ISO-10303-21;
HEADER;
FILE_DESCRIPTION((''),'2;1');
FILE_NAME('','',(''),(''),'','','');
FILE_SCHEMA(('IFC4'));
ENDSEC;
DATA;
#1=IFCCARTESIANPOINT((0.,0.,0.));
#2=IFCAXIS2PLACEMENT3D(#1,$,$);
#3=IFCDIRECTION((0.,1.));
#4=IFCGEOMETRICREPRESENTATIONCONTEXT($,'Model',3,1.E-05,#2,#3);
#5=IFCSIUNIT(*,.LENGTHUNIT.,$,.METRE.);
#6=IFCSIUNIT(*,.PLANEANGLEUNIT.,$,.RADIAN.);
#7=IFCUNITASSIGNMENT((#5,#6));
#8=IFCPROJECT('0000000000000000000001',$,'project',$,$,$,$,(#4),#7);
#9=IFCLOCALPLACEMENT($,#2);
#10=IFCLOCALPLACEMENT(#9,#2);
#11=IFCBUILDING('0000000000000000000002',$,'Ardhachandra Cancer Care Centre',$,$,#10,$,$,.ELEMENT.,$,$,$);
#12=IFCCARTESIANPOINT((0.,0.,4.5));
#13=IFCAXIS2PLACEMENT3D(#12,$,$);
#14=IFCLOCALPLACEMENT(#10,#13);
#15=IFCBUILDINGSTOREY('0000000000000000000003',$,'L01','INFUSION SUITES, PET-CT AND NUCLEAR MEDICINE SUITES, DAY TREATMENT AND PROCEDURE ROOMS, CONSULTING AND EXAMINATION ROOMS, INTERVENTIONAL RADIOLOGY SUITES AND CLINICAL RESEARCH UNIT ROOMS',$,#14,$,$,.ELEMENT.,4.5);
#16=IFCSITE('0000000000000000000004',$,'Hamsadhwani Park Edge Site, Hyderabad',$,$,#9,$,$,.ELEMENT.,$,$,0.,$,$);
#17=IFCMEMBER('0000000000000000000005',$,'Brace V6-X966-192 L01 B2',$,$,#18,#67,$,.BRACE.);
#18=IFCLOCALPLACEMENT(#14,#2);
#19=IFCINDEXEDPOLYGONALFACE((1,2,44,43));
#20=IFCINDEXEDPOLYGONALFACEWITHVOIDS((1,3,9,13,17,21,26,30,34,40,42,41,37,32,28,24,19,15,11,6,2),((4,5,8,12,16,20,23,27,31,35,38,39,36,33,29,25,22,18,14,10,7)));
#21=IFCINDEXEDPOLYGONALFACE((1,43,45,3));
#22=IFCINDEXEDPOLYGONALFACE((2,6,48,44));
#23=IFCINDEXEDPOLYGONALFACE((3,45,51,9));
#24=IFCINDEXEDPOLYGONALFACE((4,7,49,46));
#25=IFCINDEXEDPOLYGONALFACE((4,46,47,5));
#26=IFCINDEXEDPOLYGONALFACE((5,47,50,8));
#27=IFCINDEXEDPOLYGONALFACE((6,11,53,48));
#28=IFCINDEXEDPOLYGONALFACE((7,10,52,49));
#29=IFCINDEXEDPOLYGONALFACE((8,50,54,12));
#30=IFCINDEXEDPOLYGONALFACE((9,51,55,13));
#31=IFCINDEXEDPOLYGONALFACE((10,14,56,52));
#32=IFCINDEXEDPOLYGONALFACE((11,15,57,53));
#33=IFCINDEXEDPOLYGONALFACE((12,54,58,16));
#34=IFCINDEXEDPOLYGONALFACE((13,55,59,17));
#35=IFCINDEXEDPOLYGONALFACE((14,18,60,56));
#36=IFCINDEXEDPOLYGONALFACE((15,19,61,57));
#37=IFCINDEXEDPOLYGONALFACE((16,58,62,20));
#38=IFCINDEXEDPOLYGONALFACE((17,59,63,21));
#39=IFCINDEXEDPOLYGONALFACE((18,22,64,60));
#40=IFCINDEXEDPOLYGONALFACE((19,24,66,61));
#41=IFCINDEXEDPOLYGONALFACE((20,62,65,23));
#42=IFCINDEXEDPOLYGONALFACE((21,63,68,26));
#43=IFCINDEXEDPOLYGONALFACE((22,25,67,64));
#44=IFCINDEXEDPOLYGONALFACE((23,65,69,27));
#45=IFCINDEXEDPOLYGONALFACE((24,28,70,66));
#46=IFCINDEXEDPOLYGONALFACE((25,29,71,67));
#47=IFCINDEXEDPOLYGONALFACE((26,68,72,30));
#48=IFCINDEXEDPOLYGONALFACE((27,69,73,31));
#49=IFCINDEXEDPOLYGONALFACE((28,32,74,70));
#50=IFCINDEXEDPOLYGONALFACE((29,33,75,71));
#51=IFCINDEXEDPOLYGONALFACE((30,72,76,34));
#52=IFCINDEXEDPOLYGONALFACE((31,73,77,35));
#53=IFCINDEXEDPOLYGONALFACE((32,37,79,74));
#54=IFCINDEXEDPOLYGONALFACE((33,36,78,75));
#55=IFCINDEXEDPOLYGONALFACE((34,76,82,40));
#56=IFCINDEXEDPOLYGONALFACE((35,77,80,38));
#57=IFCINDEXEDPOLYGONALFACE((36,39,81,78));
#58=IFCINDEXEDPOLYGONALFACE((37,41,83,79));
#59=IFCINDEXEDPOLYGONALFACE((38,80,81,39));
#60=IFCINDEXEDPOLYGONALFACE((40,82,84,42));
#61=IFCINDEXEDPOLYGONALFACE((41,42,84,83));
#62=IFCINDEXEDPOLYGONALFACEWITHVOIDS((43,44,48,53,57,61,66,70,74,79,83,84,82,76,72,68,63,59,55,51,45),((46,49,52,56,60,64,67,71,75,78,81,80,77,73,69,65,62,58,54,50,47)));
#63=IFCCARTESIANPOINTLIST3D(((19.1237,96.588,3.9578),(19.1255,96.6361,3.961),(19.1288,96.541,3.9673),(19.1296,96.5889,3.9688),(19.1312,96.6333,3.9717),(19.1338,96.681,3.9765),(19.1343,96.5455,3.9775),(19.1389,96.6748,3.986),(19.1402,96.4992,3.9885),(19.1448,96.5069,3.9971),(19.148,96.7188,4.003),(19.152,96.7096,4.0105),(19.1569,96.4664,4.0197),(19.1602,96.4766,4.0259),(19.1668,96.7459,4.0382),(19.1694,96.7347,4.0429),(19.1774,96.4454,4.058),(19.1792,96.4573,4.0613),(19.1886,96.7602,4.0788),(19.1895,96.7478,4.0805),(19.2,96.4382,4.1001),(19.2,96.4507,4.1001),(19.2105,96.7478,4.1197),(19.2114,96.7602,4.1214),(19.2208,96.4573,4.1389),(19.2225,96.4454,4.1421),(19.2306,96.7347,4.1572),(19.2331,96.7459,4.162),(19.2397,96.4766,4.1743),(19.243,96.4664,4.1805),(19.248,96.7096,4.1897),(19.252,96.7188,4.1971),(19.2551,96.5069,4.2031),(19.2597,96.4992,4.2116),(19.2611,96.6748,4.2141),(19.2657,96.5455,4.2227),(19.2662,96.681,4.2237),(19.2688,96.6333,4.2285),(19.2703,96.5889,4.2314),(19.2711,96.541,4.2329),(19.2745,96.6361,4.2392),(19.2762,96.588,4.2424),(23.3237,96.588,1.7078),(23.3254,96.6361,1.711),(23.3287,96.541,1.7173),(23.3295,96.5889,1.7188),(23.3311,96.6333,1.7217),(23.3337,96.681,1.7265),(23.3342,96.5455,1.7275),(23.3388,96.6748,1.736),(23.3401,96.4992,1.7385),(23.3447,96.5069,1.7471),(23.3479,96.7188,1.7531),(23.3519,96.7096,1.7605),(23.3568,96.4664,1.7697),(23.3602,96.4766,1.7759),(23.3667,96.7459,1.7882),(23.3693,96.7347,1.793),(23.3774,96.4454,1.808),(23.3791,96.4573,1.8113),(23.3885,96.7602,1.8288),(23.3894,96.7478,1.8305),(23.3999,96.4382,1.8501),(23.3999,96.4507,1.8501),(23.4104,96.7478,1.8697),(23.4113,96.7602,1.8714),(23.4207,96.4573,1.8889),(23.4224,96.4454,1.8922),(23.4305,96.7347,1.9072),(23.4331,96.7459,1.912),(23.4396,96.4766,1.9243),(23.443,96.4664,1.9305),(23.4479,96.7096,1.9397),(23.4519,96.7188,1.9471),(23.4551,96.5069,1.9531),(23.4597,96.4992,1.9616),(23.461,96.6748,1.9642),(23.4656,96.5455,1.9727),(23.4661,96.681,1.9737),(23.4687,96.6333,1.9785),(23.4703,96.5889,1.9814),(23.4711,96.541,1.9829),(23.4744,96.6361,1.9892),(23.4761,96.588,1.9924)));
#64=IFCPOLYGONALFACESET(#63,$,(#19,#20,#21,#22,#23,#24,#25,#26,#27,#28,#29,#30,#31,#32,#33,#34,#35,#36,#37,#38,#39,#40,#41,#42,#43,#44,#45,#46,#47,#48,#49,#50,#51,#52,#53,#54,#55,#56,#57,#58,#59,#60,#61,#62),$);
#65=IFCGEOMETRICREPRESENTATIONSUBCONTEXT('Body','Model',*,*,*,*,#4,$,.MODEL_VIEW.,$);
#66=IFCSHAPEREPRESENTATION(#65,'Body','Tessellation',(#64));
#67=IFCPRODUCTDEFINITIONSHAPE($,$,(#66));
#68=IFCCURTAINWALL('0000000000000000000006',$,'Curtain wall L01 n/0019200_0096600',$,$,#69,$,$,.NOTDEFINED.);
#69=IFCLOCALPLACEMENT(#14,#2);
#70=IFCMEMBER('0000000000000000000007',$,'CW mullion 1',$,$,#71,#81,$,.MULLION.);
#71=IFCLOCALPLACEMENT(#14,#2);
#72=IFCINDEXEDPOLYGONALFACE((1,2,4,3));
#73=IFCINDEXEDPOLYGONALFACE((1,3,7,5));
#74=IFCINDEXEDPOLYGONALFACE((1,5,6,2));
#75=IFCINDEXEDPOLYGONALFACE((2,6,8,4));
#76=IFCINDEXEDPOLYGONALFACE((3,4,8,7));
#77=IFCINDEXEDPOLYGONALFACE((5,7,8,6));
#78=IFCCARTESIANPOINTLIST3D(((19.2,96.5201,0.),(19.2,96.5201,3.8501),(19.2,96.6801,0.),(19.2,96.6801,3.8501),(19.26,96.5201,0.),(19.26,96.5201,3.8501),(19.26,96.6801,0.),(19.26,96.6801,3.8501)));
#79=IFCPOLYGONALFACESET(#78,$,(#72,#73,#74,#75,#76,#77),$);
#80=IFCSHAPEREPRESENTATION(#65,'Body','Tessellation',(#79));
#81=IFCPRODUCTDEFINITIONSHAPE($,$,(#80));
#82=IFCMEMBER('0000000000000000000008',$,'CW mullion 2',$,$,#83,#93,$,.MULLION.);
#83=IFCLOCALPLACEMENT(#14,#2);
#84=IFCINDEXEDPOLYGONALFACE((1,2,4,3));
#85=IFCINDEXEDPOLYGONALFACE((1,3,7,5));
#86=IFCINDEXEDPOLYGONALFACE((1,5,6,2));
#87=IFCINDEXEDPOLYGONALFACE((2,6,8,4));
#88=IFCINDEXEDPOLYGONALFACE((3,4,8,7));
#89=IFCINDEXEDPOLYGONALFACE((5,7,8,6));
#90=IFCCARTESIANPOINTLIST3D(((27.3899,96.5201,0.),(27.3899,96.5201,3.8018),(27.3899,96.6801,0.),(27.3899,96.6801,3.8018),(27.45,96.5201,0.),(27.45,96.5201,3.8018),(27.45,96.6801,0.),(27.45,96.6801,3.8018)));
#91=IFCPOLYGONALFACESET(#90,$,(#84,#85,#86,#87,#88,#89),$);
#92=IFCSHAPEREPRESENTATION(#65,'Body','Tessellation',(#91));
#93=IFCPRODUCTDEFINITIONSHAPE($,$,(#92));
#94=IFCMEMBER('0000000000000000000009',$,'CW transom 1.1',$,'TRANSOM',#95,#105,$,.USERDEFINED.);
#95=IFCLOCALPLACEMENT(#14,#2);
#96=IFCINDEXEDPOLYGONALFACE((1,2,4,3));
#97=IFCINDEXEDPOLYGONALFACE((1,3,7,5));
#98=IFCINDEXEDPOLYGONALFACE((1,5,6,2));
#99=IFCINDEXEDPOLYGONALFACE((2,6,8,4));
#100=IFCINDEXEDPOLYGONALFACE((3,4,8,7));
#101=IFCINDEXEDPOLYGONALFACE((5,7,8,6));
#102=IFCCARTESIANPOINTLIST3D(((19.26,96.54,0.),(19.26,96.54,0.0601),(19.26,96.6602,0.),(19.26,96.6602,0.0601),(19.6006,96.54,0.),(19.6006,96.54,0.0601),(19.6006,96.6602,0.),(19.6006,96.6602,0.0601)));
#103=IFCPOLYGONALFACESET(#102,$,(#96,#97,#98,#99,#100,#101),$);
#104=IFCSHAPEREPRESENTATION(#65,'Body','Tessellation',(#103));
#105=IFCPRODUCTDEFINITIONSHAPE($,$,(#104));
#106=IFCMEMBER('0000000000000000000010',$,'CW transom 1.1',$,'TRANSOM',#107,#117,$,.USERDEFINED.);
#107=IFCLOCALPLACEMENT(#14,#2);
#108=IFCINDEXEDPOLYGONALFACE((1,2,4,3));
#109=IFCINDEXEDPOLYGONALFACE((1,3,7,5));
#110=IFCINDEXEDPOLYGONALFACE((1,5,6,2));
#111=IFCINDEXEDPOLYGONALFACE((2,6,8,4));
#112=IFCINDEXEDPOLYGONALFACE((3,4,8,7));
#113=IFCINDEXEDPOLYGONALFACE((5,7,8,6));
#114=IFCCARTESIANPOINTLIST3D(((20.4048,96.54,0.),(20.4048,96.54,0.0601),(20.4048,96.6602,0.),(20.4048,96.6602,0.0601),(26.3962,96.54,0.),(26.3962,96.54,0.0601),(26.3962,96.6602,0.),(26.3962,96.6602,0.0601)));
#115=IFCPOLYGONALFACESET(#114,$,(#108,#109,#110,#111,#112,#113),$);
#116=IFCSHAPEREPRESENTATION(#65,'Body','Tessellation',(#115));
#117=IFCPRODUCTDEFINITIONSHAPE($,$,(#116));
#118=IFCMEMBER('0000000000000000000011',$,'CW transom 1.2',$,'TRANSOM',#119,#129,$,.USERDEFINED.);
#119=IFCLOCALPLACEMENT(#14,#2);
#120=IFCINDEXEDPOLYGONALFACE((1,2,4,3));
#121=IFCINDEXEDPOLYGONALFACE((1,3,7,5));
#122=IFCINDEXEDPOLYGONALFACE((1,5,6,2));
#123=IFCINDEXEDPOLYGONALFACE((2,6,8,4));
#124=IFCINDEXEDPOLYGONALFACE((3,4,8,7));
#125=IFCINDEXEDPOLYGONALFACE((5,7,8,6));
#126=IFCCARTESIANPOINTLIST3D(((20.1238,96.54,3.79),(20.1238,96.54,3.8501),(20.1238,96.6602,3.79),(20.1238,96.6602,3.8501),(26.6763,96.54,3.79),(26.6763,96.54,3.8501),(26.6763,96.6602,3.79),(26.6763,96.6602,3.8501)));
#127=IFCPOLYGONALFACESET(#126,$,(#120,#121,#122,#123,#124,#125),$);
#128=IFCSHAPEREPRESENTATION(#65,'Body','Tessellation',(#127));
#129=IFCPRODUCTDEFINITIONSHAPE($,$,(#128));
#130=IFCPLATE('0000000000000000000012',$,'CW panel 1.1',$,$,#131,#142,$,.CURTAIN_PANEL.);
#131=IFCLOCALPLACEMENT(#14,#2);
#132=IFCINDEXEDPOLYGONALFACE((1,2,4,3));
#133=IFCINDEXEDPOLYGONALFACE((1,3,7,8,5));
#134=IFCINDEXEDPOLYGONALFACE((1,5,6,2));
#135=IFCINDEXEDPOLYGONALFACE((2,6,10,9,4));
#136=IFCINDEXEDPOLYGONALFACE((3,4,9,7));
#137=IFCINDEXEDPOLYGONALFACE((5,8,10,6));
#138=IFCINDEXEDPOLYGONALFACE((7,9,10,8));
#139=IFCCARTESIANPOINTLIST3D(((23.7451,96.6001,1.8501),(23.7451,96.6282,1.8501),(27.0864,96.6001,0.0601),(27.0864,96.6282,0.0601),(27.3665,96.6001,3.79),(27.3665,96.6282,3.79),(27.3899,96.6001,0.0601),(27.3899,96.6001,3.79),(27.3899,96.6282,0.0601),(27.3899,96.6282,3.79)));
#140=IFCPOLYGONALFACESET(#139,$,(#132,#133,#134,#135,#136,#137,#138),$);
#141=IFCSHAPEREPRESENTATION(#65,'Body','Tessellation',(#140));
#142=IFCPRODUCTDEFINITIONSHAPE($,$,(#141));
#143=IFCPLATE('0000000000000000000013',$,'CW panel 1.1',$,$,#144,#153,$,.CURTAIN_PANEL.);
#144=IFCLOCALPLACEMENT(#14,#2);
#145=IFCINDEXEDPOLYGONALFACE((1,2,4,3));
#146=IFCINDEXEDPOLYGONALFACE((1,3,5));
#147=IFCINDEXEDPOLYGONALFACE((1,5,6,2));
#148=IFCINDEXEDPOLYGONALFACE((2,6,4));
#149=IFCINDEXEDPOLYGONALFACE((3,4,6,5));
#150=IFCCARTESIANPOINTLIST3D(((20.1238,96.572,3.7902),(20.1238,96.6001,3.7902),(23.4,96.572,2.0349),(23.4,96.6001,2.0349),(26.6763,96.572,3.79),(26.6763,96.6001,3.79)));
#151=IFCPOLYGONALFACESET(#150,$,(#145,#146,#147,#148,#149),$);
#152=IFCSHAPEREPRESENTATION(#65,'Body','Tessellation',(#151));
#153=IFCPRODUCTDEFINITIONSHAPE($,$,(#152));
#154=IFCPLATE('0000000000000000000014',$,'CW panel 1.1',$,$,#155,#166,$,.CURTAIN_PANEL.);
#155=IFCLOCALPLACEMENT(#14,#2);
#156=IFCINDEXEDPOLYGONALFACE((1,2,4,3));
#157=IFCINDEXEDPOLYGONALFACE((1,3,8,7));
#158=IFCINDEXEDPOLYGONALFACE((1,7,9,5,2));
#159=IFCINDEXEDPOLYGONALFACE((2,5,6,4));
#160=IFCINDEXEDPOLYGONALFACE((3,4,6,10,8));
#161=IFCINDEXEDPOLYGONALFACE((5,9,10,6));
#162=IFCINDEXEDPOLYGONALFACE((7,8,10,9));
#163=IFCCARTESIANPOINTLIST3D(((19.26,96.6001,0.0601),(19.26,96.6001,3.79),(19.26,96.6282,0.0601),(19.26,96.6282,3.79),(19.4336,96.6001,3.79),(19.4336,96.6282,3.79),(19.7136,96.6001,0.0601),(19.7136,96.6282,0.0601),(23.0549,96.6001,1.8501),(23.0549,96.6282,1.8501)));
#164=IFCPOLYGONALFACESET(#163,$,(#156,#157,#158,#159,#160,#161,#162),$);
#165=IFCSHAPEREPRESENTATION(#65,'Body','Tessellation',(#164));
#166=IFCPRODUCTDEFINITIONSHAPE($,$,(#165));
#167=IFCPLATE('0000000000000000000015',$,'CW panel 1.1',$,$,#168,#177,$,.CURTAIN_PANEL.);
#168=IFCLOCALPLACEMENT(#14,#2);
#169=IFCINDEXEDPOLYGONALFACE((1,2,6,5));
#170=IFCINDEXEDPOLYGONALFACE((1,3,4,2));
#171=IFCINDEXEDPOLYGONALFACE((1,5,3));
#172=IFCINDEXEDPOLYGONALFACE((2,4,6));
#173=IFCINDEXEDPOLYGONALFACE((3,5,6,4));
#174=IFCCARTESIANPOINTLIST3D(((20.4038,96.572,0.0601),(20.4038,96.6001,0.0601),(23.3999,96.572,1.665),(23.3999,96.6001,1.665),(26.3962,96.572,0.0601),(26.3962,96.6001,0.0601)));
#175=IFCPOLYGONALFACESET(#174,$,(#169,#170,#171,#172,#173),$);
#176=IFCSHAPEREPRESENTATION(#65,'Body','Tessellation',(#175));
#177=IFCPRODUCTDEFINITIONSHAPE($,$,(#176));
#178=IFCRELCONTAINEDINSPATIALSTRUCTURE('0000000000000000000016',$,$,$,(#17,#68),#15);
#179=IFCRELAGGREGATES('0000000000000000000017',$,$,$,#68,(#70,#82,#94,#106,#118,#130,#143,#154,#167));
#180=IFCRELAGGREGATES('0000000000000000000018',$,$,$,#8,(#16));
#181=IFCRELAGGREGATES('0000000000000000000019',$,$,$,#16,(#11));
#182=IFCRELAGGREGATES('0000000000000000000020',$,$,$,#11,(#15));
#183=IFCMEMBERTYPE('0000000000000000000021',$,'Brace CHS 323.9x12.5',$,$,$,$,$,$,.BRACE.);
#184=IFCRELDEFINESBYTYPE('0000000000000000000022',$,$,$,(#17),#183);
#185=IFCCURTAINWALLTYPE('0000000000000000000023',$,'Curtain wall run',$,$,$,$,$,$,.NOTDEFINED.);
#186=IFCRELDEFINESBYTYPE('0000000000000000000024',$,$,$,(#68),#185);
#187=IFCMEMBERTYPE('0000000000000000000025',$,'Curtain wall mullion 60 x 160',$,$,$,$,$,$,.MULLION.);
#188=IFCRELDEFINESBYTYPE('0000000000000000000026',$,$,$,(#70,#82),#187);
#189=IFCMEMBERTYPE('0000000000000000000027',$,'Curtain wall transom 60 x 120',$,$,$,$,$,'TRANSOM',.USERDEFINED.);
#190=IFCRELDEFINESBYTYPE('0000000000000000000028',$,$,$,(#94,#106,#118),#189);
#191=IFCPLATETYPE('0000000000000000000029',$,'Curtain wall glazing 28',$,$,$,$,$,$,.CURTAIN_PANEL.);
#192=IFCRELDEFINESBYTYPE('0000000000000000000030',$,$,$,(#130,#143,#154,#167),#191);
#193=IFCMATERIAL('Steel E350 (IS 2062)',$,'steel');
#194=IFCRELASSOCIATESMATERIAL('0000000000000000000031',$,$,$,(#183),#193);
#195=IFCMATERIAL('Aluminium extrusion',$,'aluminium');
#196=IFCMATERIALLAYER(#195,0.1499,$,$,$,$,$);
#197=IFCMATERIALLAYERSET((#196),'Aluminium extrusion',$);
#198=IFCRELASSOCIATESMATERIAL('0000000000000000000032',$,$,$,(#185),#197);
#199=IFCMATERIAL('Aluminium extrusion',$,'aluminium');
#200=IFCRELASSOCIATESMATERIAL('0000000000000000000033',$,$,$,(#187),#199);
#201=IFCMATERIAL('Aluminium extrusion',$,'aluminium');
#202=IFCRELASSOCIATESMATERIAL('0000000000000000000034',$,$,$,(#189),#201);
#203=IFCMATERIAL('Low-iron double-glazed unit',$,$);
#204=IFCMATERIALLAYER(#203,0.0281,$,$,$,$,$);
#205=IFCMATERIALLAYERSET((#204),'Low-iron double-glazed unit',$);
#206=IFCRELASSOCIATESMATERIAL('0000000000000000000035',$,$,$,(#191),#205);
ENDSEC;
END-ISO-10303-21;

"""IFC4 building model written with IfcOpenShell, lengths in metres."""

from ifc_helpers import new_model, si_unit, direction, frame, origin, origin_2d, place, context, subcontext, project, spatial, polyline, rectangle, hollow_circle, outline, extrude, material, layer, layer_set, material_profile, profile_set, type_object, element, aggregate, save


model = new_model("IFC4")

# Units and contexts
model_context = context("Model", 3, precision=1e-05, world=origin(), true_north=direction((0.0, 1.0)))
body_context = subcontext(model_context, "Body", "Model", "MODEL_VIEW")
ifc_project = project(units=[si_unit("LENGTHUNIT", "METRE"), si_unit("PLANEANGLEUNIT", "RADIAN")], contexts=[model_context])

# Site, building, storey
site_placement = place(None, origin())
site = spatial("IfcSite", under=ifc_project, at=site_placement, Name="Hamsadhwani Park Edge Site, Hyderabad", CompositionType="ELEMENT", RefElevation=0.0)
building_placement = place(site_placement, origin())
building = spatial("IfcBuilding", under=site, at=building_placement, Name="Ardhachandra Cancer Care Centre", CompositionType="ELEMENT")
storey_placement = place(building_placement, frame((0.0, 0.0, 4.5)))
storey = spatial("IfcBuildingStorey", under=building, at=storey_placement, Name="L01", Description="INFUSION SUITES, PET-CT AND NUCLEAR MEDICINE SUITES, DAY TREATMENT AND PROCEDURE ROOMS, CONSULTING AND EXAMINATION ROOMS, INTERVENTIONAL RADIOLOGY SUITES AND CLINICAL RESEARCH UNIT ROOMS", CompositionType="ELEMENT", Elevation=4.5)

# Member
ifc_material_1 = material(Name="Steel E350 (IS 2062)", Category="steel")
ifc_material_profile_1 = material_profile(ifc_material_1, hollow_circle(Radius=0.1619, WallThickness=0.0125, at=origin_2d()), Name="CHS 323.9x12.5")
ifc_profile_set_1 = profile_set([ifc_material_profile_1], Name="Steel E350 (IS 2062)")
member_type_1 = type_object("IfcMemberType", Name="Brace CHS 323.9x12.5", PredefinedType="BRACE", material=ifc_profile_set_1)
member_1_placement = place(storey_placement, frame((23.3999, 96.6001, 1.8501), z_axis=(-0.881478, 0.0, 0.472226), x_axis=(0.0, -1.0, 0.0)))
element("IfcMember", 1, at=member_1_placement, inside=storey, type_object=member_type_1, Name="Brace V6-X966-192 L01 B2", PredefinedType="BRACE", context=body_context, shape_type="SweptSolid", body=[
    extrude(hollow_circle(Radius=0.1619, WallThickness=0.0125, at=origin_2d()), origin(), (0.0, 0.0, 1.0), 4.7646),
])

# Curtain wall, members, plates
ifc_material_2 = material(Name="Aluminium extrusion", Category="aluminium")
ifc_layer_1 = layer(ifc_material_2, 0.1499)
ifc_layer_set_1 = layer_set([ifc_layer_1], Name="Aluminium extrusion")
curtain_wall_type = type_object("IfcCurtainWallType", Name="Curtain wall run", PredefinedType="NOTDEFINED", material=ifc_layer_set_1)
curtain_wall_placement = place(storey_placement, origin())
curtain_wall = element("IfcCurtainWall", 2, at=curtain_wall_placement, inside=storey, type_object=curtain_wall_type, Name="Curtain wall L01 n/0019200_0096600", PredefinedType="NOTDEFINED")
ifc_material_3 = material(Name="Aluminium extrusion", Category="aluminium")
ifc_material_profile_2 = material_profile(ifc_material_3, rectangle(XDim=0.1599, YDim=0.0601, at=origin_2d()), Name="Curtain wall mullion 60 x 160")
ifc_profile_set_2 = profile_set([ifc_material_profile_2], Name="Aluminium extrusion")
member_type_2 = type_object("IfcMemberType", Name="Curtain wall mullion 60 x 160", PredefinedType="MULLION", material=ifc_profile_set_2)
member_2_placement = place(storey_placement, frame((19.23, 96.6001, 0.0), z_axis=(0.0, 0.0, 1.0), x_axis=(0.0, 1.0, 0.0)))
member_2 = element("IfcMember", 3, at=member_2_placement, type_object=member_type_2, Name="CW mullion 1", PredefinedType="MULLION", context=body_context, shape_type="SweptSolid", body=[
    extrude(rectangle(XDim=0.1599, YDim=0.0601, at=origin_2d()), origin(), (0.0, 0.0, 1.0), 3.8501),
])
member_3_placement = place(storey_placement, frame((27.4199, 96.6001, 0.0), z_axis=(0.0, 0.0, 1.0), x_axis=(0.0, 1.0, 0.0)))
member_3 = element("IfcMember", 4, at=member_3_placement, type_object=member_type_2, Name="CW mullion 2", PredefinedType="MULLION", context=body_context, shape_type="SweptSolid", body=[
    extrude(rectangle(XDim=0.1599, YDim=0.0601, at=origin_2d()), origin(), (0.0, 0.0, 1.0), 3.8018),
])
ifc_material_4 = material(Name="Aluminium extrusion", Category="aluminium")
ifc_material_profile_3 = material_profile(ifc_material_4, rectangle(XDim=0.1201, YDim=0.0601, at=origin_2d()), Name="Curtain wall transom 60 x 120")
ifc_profile_set_3 = profile_set([ifc_material_profile_3], Name="Aluminium extrusion")
member_type_3 = type_object("IfcMemberType", Name="Curtain wall transom 60 x 120", ElementType="TRANSOM", PredefinedType="USERDEFINED", material=ifc_profile_set_3)
member_4_placement = place(storey_placement, frame((19.26, 96.6001, 0.03), z_axis=(1.0, 0.0, 0.0), x_axis=(0.0, 1.0, 0.0)))
member_4 = element("IfcMember", 5, at=member_4_placement, type_object=member_type_3, Name="CW transom 1.1", ObjectType="TRANSOM", PredefinedType="USERDEFINED", context=body_context, shape_type="SweptSolid", body=[
    extrude(rectangle(XDim=0.1201, YDim=0.0601, at=origin_2d()), origin(), (0.0, 0.0, 1.0), 0.3406),
])
member_5_placement = place(storey_placement, frame((20.4048, 96.6001, 0.03), z_axis=(1.0, 0.0, 0.0), x_axis=(0.0, 1.0, 0.0)))
member_5 = element("IfcMember", 6, at=member_5_placement, type_object=member_type_3, Name="CW transom 1.1", ObjectType="TRANSOM", PredefinedType="USERDEFINED", context=body_context, shape_type="SweptSolid", body=[
    extrude(rectangle(XDim=0.1201, YDim=0.0601, at=origin_2d()), origin(), (0.0, 0.0, 1.0), 5.9915),
])
member_6_placement = place(storey_placement, frame((20.1238, 96.6001, 3.8201), z_axis=(1.0, 0.0, 0.0), x_axis=(0.0, 1.0, 0.0)))
member_6 = element("IfcMember", 7, at=member_6_placement, type_object=member_type_3, Name="CW transom 1.2", ObjectType="TRANSOM", PredefinedType="USERDEFINED", context=body_context, shape_type="SweptSolid", body=[
    extrude(rectangle(XDim=0.1201, YDim=0.0601, at=origin_2d()), origin(), (0.0, 0.0, 1.0), 6.5525),
])
ifc_material_5 = material(Name="Low-iron double-glazed unit")
ifc_layer_2 = layer(ifc_material_5, 0.0281)
ifc_layer_set_2 = layer_set([ifc_layer_2], Name="Low-iron double-glazed unit")
plate_type = type_object("IfcPlateType", Name="Curtain wall glazing 28", PredefinedType="CURTAIN_PANEL", material=ifc_layer_set_2)
plate_1_placement = place(storey_placement, frame((27.3899, 96.6001, 3.79), z_axis=(0.0, 1.0, 0.0), x_axis=(0.0, 0.0, -1.0)))
plate_1 = element("IfcPlate", 8, at=plate_1_placement, type_object=plate_type, Name="CW panel 1.1", PredefinedType="CURTAIN_PANEL", context=body_context, shape_type="SweptSolid", body=[
    extrude(outline(polyline([(0.0, 0.0), (3.73, 0.0), (3.73, 0.3035), (1.9399, 3.6448), (0.0, 0.0234), (0.0, 0.0)])), origin(), (0.0, 0.0, 1.0), 0.0281),
])
plate_2_placement = place(storey_placement, frame((26.6763, 96.6001, 3.79), z_axis=(0.0, 1.0, 0.0), x_axis=(-0.881488, 0.0, -0.472207)))
plate_2 = element("IfcPlate", 9, at=plate_2_placement, type_object=plate_type, Name="CW panel 1.1", PredefinedType="CURTAIN_PANEL", context=body_context, shape_type="SweptSolid", body=[
    extrude(outline(polyline([(0.0, 0.0), (3.7168, 0.0), (5.7759, 3.0942), (0.0, 0.0)])), frame((0.0, 0.0, -0.0281)), (0.0, 0.0, 1.0), 0.0281),
])
plate_3_placement = place(storey_placement, frame((19.26, 96.6001, 0.0601), z_axis=(0.0, 1.0, 0.0), x_axis=(0.0, 0.0, 1.0)))
plate_3 = element("IfcPlate", 10, at=plate_3_placement, type_object=plate_type, Name="CW panel 1.1", PredefinedType="CURTAIN_PANEL", context=body_context, shape_type="SweptSolid", body=[
    extrude(outline(polyline([(0.0, 0.0), (3.73, 0.0), (3.73, 0.1736), (1.79, 3.7949), (0.0, 0.4536), (0.0, 0.0)])), origin(), (0.0, 0.0, 1.0), 0.0281),
])
plate_4_placement = place(storey_placement, frame((20.4038, 96.6001, 0.0601), z_axis=(0.0, 1.0, 0.0), x_axis=(0.881489, 0.0, 0.472205)))
plate_4 = element("IfcPlate", 11, at=plate_4_placement, type_object=plate_type, Name="CW panel 1.1", PredefinedType="CURTAIN_PANEL", context=body_context, shape_type="SweptSolid", body=[
    extrude(outline(polyline([(0.0, 0.0), (3.3989, 0.0), (5.2822, 2.8296), (0.0, 0.0)])), frame((0.0, 0.0, -0.0281)), (0.0, 0.0, 1.0), 0.0281),
])
aggregate(curtain_wall, [member_2, member_3, member_4, member_5, member_6, plate_1, plate_2, plate_3, plate_4])

save(model, "model.ifc")
